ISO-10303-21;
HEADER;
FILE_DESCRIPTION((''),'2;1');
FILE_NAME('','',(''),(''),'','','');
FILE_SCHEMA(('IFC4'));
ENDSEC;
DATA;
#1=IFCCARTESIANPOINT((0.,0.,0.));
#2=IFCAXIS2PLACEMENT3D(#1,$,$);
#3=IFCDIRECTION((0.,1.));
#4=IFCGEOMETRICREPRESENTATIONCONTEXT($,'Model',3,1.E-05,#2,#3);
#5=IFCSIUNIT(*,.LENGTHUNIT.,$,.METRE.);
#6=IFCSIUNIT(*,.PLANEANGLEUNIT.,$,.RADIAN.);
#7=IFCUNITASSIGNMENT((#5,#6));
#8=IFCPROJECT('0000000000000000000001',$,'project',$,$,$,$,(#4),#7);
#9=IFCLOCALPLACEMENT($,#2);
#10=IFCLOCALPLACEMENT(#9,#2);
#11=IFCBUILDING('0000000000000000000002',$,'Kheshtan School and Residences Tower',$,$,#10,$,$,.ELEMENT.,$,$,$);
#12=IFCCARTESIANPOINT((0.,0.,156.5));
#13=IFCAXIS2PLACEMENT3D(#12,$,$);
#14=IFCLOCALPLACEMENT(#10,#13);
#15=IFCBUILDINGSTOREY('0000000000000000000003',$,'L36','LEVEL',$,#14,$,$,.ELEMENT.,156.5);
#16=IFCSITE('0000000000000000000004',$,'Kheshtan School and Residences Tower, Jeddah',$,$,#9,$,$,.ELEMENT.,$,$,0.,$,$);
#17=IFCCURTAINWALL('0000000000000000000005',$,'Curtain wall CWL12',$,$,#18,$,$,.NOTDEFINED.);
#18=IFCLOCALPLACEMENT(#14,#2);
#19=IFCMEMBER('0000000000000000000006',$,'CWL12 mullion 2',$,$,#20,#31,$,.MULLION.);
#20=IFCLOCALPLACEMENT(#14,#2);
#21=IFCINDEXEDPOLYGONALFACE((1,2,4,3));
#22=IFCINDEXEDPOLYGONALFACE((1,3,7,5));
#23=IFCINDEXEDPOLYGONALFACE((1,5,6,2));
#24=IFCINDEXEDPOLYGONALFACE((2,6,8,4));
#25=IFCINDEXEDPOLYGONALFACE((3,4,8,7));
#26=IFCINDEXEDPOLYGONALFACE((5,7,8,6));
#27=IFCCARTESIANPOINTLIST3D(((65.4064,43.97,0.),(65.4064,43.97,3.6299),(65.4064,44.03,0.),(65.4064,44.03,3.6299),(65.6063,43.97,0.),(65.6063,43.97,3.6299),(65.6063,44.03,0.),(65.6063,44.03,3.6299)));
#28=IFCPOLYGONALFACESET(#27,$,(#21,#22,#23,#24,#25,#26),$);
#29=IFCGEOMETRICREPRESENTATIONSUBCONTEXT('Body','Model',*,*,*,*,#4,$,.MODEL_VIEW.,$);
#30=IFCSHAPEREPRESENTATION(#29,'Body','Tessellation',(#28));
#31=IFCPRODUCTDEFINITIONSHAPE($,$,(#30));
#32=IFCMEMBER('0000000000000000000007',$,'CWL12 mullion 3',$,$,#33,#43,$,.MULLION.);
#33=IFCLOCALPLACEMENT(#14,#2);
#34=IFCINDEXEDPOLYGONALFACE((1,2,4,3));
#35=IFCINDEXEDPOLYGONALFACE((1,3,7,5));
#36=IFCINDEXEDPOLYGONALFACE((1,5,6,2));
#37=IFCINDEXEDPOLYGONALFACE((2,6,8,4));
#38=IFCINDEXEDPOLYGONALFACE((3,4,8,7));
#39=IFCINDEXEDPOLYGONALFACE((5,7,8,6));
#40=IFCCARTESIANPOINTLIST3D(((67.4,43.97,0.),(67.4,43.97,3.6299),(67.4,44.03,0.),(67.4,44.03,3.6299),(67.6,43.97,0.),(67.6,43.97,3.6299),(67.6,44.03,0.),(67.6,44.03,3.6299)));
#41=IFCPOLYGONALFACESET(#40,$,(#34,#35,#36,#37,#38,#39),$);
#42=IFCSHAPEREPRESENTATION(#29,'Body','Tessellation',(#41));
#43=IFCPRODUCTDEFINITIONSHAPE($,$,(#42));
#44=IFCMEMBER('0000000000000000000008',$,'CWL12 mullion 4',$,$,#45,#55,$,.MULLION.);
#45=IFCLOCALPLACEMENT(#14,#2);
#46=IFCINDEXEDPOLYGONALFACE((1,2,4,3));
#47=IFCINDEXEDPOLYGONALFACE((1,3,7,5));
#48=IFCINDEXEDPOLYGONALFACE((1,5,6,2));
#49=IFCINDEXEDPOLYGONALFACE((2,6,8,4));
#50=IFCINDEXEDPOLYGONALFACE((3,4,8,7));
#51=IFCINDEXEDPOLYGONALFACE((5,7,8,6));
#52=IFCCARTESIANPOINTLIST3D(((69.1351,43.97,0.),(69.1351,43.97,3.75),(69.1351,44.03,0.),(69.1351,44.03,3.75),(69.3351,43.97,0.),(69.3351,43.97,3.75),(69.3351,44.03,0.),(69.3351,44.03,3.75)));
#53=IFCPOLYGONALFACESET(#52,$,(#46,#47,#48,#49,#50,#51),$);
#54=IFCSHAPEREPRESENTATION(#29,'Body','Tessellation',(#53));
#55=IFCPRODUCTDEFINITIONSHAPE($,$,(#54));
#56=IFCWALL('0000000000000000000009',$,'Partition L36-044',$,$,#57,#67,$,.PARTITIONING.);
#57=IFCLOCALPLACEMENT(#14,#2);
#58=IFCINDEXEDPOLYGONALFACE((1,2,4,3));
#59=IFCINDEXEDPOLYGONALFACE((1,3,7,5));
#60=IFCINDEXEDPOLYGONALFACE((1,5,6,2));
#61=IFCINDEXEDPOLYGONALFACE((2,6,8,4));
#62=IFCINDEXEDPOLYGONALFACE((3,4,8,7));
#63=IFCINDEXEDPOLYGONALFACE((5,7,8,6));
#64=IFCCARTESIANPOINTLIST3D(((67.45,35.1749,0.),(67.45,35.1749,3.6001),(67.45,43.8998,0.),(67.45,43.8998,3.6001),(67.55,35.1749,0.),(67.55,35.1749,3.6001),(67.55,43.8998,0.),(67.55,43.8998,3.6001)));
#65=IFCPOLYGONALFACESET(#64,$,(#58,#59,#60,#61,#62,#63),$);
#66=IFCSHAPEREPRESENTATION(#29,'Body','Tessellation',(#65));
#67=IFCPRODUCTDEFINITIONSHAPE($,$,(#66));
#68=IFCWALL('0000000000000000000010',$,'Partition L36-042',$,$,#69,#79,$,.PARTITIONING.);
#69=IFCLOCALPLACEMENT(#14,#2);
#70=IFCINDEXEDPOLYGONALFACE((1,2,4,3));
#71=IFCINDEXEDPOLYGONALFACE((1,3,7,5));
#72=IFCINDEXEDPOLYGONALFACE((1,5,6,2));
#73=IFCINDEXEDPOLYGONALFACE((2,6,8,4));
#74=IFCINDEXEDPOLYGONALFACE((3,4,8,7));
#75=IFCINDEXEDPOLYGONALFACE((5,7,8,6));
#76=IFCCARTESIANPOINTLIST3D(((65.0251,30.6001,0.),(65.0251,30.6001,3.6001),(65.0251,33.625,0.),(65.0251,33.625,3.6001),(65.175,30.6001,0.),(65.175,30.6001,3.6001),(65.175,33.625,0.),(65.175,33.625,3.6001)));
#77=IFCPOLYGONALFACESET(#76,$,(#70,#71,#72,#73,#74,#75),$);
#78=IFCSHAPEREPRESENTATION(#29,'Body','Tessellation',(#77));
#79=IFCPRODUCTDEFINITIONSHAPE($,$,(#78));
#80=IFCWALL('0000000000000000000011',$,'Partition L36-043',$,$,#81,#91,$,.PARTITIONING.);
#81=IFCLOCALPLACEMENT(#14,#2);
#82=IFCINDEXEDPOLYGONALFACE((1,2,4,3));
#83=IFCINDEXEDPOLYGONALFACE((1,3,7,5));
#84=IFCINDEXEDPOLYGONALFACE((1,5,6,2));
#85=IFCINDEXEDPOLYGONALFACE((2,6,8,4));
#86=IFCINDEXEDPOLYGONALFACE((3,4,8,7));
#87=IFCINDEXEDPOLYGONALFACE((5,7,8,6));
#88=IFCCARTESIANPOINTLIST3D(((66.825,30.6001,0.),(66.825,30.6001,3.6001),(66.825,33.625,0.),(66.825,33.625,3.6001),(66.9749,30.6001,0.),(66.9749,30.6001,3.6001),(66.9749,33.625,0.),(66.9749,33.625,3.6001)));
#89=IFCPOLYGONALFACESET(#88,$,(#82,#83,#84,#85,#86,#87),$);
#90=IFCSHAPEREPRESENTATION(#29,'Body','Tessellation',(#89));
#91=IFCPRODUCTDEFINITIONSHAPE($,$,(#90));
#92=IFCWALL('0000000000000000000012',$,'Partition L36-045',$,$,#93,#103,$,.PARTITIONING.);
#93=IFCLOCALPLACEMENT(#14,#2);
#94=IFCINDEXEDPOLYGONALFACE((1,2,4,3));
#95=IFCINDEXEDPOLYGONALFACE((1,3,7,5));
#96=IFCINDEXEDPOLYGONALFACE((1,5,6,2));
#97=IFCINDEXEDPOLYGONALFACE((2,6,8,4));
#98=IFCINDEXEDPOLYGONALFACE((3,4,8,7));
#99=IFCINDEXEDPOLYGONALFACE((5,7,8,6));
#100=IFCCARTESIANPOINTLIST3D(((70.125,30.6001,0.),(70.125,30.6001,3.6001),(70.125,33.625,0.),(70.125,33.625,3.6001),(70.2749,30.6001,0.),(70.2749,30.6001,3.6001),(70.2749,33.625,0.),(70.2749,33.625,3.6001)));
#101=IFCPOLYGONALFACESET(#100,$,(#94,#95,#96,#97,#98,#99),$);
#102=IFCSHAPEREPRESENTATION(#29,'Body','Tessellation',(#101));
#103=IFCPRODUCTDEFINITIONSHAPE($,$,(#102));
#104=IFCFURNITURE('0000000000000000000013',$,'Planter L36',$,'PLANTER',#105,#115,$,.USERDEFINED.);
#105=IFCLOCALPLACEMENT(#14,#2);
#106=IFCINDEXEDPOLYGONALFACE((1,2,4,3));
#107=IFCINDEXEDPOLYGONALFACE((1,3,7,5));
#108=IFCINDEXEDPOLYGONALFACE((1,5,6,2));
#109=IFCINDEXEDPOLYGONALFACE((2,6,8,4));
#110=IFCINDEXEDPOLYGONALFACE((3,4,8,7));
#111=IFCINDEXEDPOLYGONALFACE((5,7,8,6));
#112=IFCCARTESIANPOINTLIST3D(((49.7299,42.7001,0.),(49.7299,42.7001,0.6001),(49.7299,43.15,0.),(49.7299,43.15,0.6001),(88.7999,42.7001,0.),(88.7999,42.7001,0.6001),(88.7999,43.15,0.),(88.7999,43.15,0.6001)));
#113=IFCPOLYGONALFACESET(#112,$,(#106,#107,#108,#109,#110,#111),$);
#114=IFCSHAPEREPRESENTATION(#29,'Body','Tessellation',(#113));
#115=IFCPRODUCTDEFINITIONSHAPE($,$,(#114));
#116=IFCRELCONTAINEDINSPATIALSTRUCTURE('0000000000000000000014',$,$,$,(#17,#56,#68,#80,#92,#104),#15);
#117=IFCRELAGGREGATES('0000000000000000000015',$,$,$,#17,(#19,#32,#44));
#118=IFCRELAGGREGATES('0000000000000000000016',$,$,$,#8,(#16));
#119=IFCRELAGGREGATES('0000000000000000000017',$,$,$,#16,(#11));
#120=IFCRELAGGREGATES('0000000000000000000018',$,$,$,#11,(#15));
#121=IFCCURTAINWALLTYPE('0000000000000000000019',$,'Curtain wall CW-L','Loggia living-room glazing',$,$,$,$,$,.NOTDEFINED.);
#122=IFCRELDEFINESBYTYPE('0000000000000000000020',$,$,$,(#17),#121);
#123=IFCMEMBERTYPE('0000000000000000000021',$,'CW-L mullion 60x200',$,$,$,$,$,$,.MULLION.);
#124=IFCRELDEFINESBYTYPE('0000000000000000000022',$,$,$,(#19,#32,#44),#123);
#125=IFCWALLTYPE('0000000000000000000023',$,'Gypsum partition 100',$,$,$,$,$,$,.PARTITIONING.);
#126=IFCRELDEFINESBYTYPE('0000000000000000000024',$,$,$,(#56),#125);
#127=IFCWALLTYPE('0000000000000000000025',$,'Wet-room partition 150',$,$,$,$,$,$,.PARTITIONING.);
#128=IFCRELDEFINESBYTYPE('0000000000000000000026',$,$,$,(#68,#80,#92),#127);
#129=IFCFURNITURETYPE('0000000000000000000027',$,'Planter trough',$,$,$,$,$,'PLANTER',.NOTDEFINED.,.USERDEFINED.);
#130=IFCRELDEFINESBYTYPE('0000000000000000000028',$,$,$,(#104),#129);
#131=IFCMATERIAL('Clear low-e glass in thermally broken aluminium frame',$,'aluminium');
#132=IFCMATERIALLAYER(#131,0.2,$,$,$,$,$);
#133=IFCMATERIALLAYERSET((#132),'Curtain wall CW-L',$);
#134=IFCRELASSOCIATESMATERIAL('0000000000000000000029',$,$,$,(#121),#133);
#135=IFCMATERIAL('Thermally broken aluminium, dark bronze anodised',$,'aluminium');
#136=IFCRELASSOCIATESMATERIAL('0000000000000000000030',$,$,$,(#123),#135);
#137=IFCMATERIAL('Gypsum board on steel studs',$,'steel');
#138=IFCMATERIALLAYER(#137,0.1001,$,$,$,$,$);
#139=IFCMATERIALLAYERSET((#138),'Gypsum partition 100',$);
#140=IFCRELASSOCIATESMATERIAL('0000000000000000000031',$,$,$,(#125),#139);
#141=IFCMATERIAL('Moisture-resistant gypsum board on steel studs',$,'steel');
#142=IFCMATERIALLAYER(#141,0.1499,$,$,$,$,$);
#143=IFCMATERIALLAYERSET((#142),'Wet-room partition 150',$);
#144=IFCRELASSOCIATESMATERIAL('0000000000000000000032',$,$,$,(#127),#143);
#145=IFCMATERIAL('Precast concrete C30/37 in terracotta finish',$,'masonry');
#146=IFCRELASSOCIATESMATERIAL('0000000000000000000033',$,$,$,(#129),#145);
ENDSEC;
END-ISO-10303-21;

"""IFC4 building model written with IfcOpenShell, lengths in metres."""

from ifc_helpers import new_model, si_unit, direction, frame, frame_2d, origin, origin_2d, place, context, subcontext, project, spatial, rectangle, extrude, material, layer, layer_set, material_profile, profile_set, type_object, element, aggregate, save


model = new_model("IFC4")

# Units and contexts
model_context = context("Model", 3, precision=1e-05, world=origin(), true_north=direction((0.0, 1.0)))
body_context = subcontext(model_context, "Body", "Model", "MODEL_VIEW")
ifc_project = project(units=[si_unit("LENGTHUNIT", "METRE"), si_unit("PLANEANGLEUNIT", "RADIAN")], contexts=[model_context])

# Site, building, storey
site_placement = place(None, origin())
site = spatial("IfcSite", under=ifc_project, at=site_placement, Name="Kheshtan School and Residences Tower, Jeddah", CompositionType="ELEMENT", RefElevation=0.0)
building_placement = place(site_placement, origin())
building = spatial("IfcBuilding", under=site, at=building_placement, Name="Kheshtan School and Residences Tower", CompositionType="ELEMENT")
storey_placement = place(building_placement, frame((0.0, 0.0, 156.5)))
storey = spatial("IfcBuildingStorey", under=building, at=storey_placement, Name="L36", Description="LEVEL", CompositionType="ELEMENT", Elevation=156.5)

# Curtain wall, members
ifc_material_1 = material(Name="Clear low-e glass in thermally broken aluminium frame", Category="aluminium")
ifc_layer_1 = layer(ifc_material_1, 0.2)
ifc_layer_set_1 = layer_set([ifc_layer_1], Name="Curtain wall CW-L")
curtain_wall_type = type_object("IfcCurtainWallType", Name="Curtain wall CW-L", Description="Loggia living-room glazing", PredefinedType="NOTDEFINED", material=ifc_layer_set_1)
curtain_wall_placement = place(storey_placement, origin())
curtain_wall = element("IfcCurtainWall", 1, at=curtain_wall_placement, inside=storey, type_object=curtain_wall_type, Name="Curtain wall CWL12", PredefinedType="NOTDEFINED")
ifc_material_2 = material(Name="Thermally broken aluminium, dark bronze anodised", Category="aluminium")
ifc_material_profile_1 = material_profile(ifc_material_2, rectangle(XDim=0.0601, YDim=0.2, at=origin_2d()), Name="CW-L mullion 60x200")
ifc_profile_set_1 = profile_set([ifc_material_profile_1], Name="Thermally broken aluminium, dark bronze anodised")
member_type = type_object("IfcMemberType", Name="CW-L mullion 60x200", PredefinedType="MULLION", material=ifc_profile_set_1)
member_1_placement = place(storey_placement, frame((65.5063, 44.0, 0.0), z_axis=(0.0, 0.0, 1.0), x_axis=(0.0, 1.0, 0.0)))
member_1 = element("IfcMember", 2, at=member_1_placement, type_object=member_type, Name="CWL12 mullion 2", PredefinedType="MULLION", context=body_context, shape_type="SweptSolid", body=[
    extrude(rectangle(XDim=0.0601, YDim=0.2, at=origin_2d()), origin(), (0.0, 0.0, 1.0), 3.6299),
])
member_2_placement = place(storey_placement, frame((67.5, 44.0, 0.0), z_axis=(0.0, 0.0, 1.0), x_axis=(0.0, 1.0, 0.0)))
member_2 = element("IfcMember", 3, at=member_2_placement, type_object=member_type, Name="CWL12 mullion 3", PredefinedType="MULLION", context=body_context, shape_type="SweptSolid", body=[
    extrude(rectangle(XDim=0.0601, YDim=0.2, at=origin_2d()), origin(), (0.0, 0.0, 1.0), 3.6299),
])
member_3_placement = place(storey_placement, frame((69.2351, 44.0, 0.0), z_axis=(0.0, 0.0, 1.0), x_axis=(0.0, 1.0, 0.0)))
member_3 = element("IfcMember", 4, at=member_3_placement, type_object=member_type, Name="CWL12 mullion 4", PredefinedType="MULLION", context=body_context, shape_type="SweptSolid", body=[
    extrude(rectangle(XDim=0.0601, YDim=0.2, at=origin_2d()), origin(), (0.0, 0.0, 1.0), 3.75),
])
aggregate(curtain_wall, [member_1, member_2, member_3])

# Walls
ifc_material_3 = material(Name="Gypsum board on steel studs", Category="steel")
ifc_layer_2 = layer(ifc_material_3, 0.1001)
ifc_layer_set_2 = layer_set([ifc_layer_2], Name="Gypsum partition 100")
wall_type_1 = type_object("IfcWallType", Name="Gypsum partition 100", PredefinedType="PARTITIONING", material=ifc_layer_set_2)
wall_placement = place(storey_placement, frame((67.5, 35.175, 0.0), z_axis=(0.0, 0.0, 1.0), x_axis=(0.0, 1.0, 0.0)))
element("IfcWall", 5, at=wall_placement, inside=storey, type_object=wall_type_1, Name="Partition L36-044", PredefinedType="PARTITIONING", context=body_context, shape_type="SweptSolid", body=[
    extrude(rectangle(XDim=8.7249, YDim=0.1001, at=frame_2d((4.3623, 0.0))), origin(), (0.0, 0.0, 1.0), 3.6001),
])
ifc_material_4 = material(Name="Moisture-resistant gypsum board on steel studs", Category="steel")
ifc_layer_3 = layer(ifc_material_4, 0.1499)
ifc_layer_set_3 = layer_set([ifc_layer_3], Name="Wet-room partition 150")
wall_type_2 = type_object("IfcWallType", Name="Wet-room partition 150", PredefinedType="PARTITIONING", material=ifc_layer_set_3)
for number, where, z_axis, x_axis, name in (
    (6, (65.1001, 30.6001, 0.0), (0.0, 0.0, 1.0), (0.0, 1.0, 0.0), "Partition L36-042"),
    (7, (66.8999, 30.6001, 0.0), (0.0, 0.0, 1.0), (0.0, 1.0, 0.0), "Partition L36-043"),
    (8, (70.2, 30.6001, 0.0), (0.0, 0.0, 1.0), (0.0, 1.0, 0.0), "Partition L36-045"),
):
    element("IfcWall", number, at=place(storey_placement, frame(where, z_axis=z_axis, x_axis=x_axis)), inside=storey, type_object=wall_type_2, Name=name, PredefinedType="PARTITIONING", context=body_context, shape_type="SweptSolid", body=[
        extrude(rectangle(XDim=3.0249, YDim=0.1499, at=frame_2d((1.5125, 0.0))), origin(), (0.0, 0.0, 1.0), 3.6001),
    ])

# Furniture
ifc_material_5 = material(Name="Precast concrete C30/37 in terracotta finish", Category="masonry")
furniture_type = type_object("IfcFurnitureType", Name="Planter trough", ElementType="PLANTER", AssemblyPlace="NOTDEFINED", PredefinedType="USERDEFINED", material=ifc_material_5)
furniture_placement = place(storey_placement, frame((69.2649, 42.925, 0.0), z_axis=(0.0, 0.0, 1.0), x_axis=(1.0, 0.0, 0.0)))
element("IfcFurniture", 9, at=furniture_placement, inside=storey, type_object=furniture_type, Name="Planter L36", ObjectType="PLANTER", PredefinedType="USERDEFINED", context=body_context, shape_type="SweptSolid", body=[
    extrude(rectangle(XDim=39.0701, YDim=0.45, at=origin_2d()), origin(), (0.0, 0.0, 1.0), 0.6001),
])

save(model, "model.ifc")
